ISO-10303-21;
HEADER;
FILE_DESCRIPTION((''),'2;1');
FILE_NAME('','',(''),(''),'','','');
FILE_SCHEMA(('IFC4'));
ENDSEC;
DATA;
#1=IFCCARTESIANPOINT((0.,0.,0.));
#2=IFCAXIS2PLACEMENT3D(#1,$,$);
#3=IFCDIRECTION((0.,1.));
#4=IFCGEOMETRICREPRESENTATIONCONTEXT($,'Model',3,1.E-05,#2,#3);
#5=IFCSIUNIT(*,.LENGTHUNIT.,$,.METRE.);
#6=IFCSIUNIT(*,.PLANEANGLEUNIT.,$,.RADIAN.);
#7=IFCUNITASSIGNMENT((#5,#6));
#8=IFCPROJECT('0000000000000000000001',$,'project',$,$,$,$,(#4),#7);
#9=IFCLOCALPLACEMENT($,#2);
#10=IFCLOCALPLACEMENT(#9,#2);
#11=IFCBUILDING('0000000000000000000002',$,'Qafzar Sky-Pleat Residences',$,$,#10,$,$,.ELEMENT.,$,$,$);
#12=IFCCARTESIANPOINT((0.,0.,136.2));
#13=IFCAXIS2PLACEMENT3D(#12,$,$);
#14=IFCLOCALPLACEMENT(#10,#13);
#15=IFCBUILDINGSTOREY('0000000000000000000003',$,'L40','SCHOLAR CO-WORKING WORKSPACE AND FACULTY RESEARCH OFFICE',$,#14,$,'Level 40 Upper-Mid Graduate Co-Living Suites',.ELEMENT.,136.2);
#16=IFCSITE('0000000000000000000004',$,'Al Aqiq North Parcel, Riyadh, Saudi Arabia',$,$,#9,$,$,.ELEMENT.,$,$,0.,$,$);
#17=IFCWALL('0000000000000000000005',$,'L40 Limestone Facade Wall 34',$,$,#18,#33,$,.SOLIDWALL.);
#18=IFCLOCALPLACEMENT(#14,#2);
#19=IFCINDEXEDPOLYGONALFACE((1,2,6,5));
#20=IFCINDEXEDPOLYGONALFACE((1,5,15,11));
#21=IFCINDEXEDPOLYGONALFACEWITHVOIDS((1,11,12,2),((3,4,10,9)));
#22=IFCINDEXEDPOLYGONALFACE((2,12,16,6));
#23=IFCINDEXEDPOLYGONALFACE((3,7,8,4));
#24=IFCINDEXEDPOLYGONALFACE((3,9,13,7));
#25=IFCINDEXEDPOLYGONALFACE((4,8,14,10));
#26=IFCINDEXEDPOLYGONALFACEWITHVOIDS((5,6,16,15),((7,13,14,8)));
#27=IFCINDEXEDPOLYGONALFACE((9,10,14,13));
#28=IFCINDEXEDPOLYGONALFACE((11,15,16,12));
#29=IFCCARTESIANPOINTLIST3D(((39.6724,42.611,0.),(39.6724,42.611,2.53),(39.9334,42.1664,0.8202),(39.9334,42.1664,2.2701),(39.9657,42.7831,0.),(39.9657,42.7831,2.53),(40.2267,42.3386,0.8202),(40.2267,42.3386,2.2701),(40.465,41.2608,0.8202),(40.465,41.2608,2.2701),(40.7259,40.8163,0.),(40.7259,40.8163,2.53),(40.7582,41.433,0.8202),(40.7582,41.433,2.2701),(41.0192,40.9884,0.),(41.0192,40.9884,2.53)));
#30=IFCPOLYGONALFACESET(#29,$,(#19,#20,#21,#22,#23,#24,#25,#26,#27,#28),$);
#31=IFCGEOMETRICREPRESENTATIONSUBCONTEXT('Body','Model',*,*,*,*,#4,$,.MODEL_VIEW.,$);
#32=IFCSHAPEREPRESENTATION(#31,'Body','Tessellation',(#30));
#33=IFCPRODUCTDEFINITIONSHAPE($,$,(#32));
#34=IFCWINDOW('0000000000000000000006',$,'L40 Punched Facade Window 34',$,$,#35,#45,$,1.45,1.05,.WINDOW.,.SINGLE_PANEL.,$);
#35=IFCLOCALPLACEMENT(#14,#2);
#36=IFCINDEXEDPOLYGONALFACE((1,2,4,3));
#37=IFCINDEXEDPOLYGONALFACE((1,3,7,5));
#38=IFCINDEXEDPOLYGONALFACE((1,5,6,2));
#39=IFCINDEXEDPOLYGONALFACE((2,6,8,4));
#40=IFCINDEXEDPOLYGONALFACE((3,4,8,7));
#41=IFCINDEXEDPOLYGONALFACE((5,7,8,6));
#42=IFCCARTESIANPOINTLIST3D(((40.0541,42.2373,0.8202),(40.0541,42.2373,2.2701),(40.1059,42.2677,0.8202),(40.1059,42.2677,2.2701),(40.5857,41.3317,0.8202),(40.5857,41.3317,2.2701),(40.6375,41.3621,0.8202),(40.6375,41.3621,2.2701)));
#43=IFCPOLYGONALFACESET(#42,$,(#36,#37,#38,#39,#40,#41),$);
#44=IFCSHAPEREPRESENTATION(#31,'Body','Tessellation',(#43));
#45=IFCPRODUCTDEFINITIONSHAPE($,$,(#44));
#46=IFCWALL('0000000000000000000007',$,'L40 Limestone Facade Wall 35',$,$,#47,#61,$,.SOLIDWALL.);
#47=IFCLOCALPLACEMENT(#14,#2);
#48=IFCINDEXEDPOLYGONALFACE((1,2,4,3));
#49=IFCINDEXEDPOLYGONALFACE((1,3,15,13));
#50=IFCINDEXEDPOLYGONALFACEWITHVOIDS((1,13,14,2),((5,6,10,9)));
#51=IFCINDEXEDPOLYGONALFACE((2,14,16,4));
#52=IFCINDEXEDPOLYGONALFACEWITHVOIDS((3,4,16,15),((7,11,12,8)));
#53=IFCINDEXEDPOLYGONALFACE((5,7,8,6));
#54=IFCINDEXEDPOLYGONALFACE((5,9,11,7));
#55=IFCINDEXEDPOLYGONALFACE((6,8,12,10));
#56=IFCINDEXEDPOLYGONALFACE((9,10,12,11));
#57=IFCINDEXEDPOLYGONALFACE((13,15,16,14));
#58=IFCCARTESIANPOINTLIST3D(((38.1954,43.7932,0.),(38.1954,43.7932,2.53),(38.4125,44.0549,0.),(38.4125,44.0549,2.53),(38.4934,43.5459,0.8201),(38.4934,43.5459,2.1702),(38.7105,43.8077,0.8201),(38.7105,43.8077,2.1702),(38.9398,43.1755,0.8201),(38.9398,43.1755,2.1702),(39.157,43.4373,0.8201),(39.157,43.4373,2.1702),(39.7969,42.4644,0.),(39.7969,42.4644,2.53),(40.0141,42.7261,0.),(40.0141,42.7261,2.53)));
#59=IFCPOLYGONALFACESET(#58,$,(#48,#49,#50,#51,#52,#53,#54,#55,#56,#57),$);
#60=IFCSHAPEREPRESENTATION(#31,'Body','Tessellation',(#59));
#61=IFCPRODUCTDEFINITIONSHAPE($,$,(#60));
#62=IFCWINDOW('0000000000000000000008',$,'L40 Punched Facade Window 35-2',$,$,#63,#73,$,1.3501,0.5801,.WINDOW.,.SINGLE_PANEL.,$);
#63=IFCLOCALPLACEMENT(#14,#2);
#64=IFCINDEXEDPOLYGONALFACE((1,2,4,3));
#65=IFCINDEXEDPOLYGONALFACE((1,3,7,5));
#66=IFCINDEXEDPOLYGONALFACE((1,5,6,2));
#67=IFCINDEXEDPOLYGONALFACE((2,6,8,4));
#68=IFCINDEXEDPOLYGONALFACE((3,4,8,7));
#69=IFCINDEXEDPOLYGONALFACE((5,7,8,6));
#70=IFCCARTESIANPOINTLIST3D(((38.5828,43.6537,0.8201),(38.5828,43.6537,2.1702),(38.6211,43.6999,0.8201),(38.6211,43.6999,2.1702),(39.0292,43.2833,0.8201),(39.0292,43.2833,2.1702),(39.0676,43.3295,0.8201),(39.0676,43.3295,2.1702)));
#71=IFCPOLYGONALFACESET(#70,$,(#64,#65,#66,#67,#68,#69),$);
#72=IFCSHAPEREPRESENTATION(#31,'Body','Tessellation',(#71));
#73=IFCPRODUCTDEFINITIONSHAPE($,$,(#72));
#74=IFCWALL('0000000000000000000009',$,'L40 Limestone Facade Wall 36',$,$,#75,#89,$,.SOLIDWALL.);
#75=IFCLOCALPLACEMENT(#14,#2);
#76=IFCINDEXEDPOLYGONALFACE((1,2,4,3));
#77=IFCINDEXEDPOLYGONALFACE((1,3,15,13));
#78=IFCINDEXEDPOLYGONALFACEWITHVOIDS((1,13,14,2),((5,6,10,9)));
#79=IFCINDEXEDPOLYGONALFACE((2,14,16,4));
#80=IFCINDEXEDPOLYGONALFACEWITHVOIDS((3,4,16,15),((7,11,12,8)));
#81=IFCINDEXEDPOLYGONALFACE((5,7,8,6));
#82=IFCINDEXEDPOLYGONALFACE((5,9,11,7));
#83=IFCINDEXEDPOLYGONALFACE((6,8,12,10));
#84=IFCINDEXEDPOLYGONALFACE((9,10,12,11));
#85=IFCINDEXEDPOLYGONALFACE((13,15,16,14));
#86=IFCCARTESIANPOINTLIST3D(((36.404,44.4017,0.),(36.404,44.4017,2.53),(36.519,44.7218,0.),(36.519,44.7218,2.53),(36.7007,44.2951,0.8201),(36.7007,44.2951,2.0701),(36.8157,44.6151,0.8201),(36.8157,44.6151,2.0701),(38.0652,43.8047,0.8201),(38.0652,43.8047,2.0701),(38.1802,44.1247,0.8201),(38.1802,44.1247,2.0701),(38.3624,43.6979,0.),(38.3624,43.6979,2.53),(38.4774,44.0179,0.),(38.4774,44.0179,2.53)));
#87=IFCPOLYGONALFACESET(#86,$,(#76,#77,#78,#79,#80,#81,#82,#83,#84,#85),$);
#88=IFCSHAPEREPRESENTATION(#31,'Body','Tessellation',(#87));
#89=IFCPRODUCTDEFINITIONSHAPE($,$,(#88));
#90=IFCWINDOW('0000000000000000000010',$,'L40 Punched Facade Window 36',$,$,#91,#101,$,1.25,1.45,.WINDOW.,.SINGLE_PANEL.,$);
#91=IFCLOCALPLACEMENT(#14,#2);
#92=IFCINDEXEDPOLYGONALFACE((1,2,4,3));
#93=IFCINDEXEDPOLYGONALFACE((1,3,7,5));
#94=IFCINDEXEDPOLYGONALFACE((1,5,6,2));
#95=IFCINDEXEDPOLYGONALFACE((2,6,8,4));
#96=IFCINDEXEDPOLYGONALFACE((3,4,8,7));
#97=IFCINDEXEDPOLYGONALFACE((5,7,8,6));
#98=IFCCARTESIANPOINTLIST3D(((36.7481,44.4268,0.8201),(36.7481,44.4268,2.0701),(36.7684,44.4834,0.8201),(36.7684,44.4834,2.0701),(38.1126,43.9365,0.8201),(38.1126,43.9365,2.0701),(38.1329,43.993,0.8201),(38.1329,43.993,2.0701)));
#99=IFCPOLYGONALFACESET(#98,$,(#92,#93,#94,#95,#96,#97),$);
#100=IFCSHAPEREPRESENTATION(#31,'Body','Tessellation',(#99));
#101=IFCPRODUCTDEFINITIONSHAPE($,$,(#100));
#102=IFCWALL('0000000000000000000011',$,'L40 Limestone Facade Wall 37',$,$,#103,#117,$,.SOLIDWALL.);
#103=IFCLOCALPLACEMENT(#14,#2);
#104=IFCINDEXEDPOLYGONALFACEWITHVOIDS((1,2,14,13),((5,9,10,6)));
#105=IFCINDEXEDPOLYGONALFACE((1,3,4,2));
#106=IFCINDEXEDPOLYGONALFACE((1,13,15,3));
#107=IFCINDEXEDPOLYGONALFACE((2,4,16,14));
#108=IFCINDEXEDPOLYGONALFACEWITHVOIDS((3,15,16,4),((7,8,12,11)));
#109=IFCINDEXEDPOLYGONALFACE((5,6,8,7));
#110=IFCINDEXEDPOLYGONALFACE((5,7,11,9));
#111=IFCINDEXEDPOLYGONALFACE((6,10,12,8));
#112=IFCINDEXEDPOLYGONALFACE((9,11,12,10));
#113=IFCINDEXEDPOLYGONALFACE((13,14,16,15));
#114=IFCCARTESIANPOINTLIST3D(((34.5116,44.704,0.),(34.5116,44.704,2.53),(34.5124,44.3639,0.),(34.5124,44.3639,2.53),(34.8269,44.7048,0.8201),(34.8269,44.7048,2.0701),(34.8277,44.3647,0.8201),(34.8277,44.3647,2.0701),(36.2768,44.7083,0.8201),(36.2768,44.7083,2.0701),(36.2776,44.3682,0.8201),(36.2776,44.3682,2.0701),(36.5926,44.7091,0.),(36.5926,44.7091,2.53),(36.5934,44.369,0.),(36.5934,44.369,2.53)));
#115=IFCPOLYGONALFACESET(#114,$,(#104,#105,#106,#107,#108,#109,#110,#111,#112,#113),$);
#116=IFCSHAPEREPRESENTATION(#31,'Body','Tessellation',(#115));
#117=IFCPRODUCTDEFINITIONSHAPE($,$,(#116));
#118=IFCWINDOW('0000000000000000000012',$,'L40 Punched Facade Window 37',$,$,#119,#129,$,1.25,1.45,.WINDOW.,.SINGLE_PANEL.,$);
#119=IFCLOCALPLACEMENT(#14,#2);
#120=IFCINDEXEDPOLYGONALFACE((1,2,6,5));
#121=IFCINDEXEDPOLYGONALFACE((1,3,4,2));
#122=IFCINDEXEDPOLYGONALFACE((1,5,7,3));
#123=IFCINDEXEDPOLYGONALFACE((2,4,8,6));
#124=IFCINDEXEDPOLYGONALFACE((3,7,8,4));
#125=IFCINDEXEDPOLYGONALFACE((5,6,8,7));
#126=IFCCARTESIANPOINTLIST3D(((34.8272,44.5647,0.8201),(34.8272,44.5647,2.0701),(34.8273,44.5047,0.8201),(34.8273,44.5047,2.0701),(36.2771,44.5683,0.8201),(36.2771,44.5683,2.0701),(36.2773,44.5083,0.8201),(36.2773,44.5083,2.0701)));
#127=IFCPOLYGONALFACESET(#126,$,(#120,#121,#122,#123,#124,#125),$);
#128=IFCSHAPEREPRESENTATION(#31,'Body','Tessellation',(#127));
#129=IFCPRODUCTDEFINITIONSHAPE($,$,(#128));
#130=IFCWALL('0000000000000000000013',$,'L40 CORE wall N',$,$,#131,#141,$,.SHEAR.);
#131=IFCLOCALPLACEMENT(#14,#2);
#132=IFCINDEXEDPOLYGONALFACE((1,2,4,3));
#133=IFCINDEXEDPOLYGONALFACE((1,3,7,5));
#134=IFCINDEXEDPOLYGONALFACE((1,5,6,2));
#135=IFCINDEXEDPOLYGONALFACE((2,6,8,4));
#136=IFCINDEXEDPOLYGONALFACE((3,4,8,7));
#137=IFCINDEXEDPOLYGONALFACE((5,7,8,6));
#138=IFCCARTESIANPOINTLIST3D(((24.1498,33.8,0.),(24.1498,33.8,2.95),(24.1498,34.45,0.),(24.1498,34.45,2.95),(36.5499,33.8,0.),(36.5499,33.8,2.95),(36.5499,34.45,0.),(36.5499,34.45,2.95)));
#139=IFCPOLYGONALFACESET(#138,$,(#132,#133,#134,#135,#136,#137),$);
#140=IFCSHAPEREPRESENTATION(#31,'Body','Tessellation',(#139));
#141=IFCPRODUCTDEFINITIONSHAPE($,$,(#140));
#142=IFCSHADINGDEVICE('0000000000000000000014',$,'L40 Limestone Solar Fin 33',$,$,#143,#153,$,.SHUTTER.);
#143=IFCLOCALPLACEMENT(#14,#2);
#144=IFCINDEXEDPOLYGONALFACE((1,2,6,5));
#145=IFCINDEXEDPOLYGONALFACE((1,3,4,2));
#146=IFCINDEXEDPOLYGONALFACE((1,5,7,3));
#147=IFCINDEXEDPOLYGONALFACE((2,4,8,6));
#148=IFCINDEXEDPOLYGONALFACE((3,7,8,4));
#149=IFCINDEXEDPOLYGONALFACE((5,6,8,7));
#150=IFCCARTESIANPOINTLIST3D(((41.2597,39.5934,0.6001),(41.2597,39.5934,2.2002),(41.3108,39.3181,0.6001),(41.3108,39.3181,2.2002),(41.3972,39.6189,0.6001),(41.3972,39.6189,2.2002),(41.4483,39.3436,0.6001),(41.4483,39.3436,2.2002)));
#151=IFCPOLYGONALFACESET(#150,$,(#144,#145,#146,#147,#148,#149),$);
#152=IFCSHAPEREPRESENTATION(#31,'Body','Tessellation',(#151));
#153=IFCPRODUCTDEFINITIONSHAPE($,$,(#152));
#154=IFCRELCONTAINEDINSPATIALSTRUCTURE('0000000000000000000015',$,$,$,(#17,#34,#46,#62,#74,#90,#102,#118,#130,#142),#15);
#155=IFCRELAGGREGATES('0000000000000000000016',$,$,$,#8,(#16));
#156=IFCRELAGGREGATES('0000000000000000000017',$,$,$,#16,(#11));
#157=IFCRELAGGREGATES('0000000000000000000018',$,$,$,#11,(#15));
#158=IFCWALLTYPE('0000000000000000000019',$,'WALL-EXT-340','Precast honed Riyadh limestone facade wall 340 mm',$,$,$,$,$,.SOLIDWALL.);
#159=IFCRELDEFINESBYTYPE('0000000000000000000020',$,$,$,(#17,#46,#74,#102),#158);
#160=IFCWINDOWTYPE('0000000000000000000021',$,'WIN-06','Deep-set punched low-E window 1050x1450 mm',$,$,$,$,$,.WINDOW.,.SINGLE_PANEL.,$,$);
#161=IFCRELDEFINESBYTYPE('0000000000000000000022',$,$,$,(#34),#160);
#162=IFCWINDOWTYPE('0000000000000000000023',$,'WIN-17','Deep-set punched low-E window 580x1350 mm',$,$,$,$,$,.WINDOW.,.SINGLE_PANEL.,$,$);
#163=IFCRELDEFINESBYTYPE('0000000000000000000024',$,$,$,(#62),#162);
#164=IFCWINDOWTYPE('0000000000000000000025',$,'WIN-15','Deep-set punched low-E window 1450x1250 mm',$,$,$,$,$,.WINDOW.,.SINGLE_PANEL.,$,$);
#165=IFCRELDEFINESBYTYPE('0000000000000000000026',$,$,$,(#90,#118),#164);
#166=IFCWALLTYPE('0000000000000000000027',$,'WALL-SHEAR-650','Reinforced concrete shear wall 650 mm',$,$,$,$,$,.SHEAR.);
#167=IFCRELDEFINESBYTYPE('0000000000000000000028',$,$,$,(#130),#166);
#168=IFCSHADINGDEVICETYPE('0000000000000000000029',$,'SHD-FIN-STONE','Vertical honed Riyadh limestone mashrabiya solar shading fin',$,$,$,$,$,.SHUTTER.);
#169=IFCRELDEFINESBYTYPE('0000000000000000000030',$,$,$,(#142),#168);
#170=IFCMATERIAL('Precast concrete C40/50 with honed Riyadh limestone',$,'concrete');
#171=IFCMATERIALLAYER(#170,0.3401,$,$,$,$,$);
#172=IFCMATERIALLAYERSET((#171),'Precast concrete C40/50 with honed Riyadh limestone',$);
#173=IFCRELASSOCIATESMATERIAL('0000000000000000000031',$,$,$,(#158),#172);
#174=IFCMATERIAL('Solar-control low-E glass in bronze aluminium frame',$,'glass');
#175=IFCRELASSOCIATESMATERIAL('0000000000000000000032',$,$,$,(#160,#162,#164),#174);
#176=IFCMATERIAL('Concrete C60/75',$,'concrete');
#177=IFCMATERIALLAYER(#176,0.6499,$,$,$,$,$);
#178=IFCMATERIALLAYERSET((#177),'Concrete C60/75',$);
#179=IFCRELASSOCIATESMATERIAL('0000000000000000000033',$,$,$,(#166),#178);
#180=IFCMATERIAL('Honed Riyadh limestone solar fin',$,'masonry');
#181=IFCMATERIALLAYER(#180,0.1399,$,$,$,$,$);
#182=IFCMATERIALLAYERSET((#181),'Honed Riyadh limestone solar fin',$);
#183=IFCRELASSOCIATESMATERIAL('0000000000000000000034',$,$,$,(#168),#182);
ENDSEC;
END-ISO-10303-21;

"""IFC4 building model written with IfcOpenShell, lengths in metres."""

from ifc_helpers import new_model, si_unit, direction, frame, frame_2d, origin, origin_2d, place, context, subcontext, project, spatial, rectangle, extrude, source, transform, mapped, material, layer, layer_set, type_object, element, fill, save


model = new_model("IFC4")

# Units and contexts
model_context = context("Model", 3, precision=1e-05, world=origin(), true_north=direction((0.0, 1.0)))
body_context = subcontext(model_context, "Body", "Model", "MODEL_VIEW")
ifc_project = project(units=[si_unit("LENGTHUNIT", "METRE"), si_unit("PLANEANGLEUNIT", "RADIAN")], contexts=[model_context])

# Site, building, storey
site_placement = place(None, origin())
site = spatial("IfcSite", under=ifc_project, at=site_placement, Name="Al Aqiq North Parcel, Riyadh, Saudi Arabia", CompositionType="ELEMENT", RefElevation=0.0)
building_placement = place(site_placement, origin())
building = spatial("IfcBuilding", under=site, at=building_placement, Name="Qafzar Sky-Pleat Residences", CompositionType="ELEMENT")
storey_placement = place(building_placement, frame((0.0, 0.0, 136.2)))
storey = spatial("IfcBuildingStorey", under=building, at=storey_placement, Name="L40", Description="SCHOLAR CO-WORKING WORKSPACE AND FACULTY RESEARCH OFFICE", LongName="Level 40 Upper-Mid Graduate Co-Living Suites", CompositionType="ELEMENT", Elevation=136.2)

# Shared definitions
ifc_material_1 = material(Name="Concrete C60/75", Category="concrete")

# Walls, openings, windows
ifc_material_2 = material(Name="Precast concrete C40/50 with honed Riyadh limestone", Category="concrete")
ifc_layer_1 = layer(ifc_material_2, 0.3401)
ifc_layer_set_1 = layer_set([ifc_layer_1], Name="Precast concrete C40/50 with honed Riyadh limestone")
wall_type_1 = type_object("IfcWallType", Name="WALL-EXT-340", Description="Precast honed Riyadh limestone facade wall 340 mm", PredefinedType="SOLIDWALL", material=ifc_layer_set_1)
ifc_material_3 = material(Name="Solar-control low-E glass in bronze aluminium frame", Category="glass")
wall_1_placement = place(storey_placement, frame((40.8726, 40.9023, 0.0), z_axis=(0.0, 0.0, 1.0), x_axis=(-0.506225, 0.862401, 0.0)))
wall_1 = element("IfcWall", 1, at=wall_1_placement, inside=storey, type_object=wall_type_1, Name="L40 Limestone Facade Wall 34", PredefinedType="SOLIDWALL", context=body_context, shape_type="SweptSolid", body=[
    extrude(rectangle(XDim=2.0811, YDim=0.3401, at=frame_2d((1.0405, 0.0))), origin(), (0.0, 0.0, 1.0), 2.53),
])
opening_1_placement = place(wall_1_placement, frame((0.5156, 0.0, 0.8201)))
opening_1 = element("IfcOpeningElement", 2, at=opening_1_placement, cuts=wall_1, PredefinedType="OPENING", context=body_context, shape_type="SweptSolid", body=[
    extrude(rectangle(XDim=1.05, YDim=1.45, at=frame_2d((0.5249, 0.7251))), frame((0.0, 0.1802, 0.0), z_axis=(0.0, -1.0, 0.0), x_axis=(1.0, 0.0, 0.0)), (0.0, 0.0, 1.0), 0.3601),
])
window_type_1 = type_object("IfcWindowType", Name="WIN-06", Description="Deep-set punched low-E window 1050x1450 mm", PartitioningType="SINGLE_PANEL", PredefinedType="WINDOW", material=ifc_material_3)
shared_shape_1 = source(origin(), body_context, "Body", "SweptSolid", [
    extrude(rectangle(XDim=1.05, YDim=1.45, at=frame_2d((0.5249, 0.7251))), frame((0.0, 0.03, 0.0), z_axis=(0.0, -1.0, 0.0), x_axis=(1.0, 0.0, 0.0)), (0.0, 0.0, 1.0), 0.0601),
])
window_1_placement = place(opening_1_placement, origin())
window_1 = element("IfcWindow", 3, at=window_1_placement, inside=storey, type_object=window_type_1, Name="L40 Punched Facade Window 34", OverallHeight=1.45, OverallWidth=1.05, PartitioningType="SINGLE_PANEL", PredefinedType="WINDOW", context=body_context, shape_type="MappedRepresentation", body=[
    mapped(shared_shape_1, transform((0.0, 0.0, 0.0), x_axis=(1.0, 0.0, 0.0), y_axis=(0.0, 1.0, 0.0), z_axis=(0.0, 0.0, 1.0), scale=1.0)),
])
fill(opening_1, window_1)
wall_2_placement = place(storey_placement, frame((39.9055, 42.5952, 0.0), z_axis=(0.0, 0.0, 1.0), x_axis=(-0.769585, 0.638544, 0.0)))
wall_2 = element("IfcWall", 4, at=wall_2_placement, inside=storey, type_object=wall_type_1, Name="L40 Limestone Facade Wall 35", PredefinedType="SOLIDWALL", context=body_context, shape_type="SweptSolid", body=[
    extrude(rectangle(XDim=2.0811, YDim=0.3401, at=frame_2d((1.0405, 0.0))), origin(), (0.0, 0.0, 1.0), 2.53),
])
opening_2_placement = place(wall_2_placement, frame((1.1138, 0.0, 0.8201)))
opening_2 = element("IfcOpeningElement", 5, at=opening_2_placement, cuts=wall_2, PredefinedType="OPENING", context=body_context, shape_type="SweptSolid", body=[
    extrude(rectangle(XDim=0.5801, YDim=1.3501, at=frame_2d((0.29, 0.675))), frame((0.0, 0.1802, 0.0), z_axis=(0.0, -1.0, 0.0), x_axis=(1.0, 0.0, 0.0)), (0.0, 0.0, 1.0), 0.3601),
])
window_type_2 = type_object("IfcWindowType", Name="WIN-17", Description="Deep-set punched low-E window 580x1350 mm", PartitioningType="SINGLE_PANEL", PredefinedType="WINDOW", material=ifc_material_3)
shared_shape_2 = source(origin(), body_context, "Body", "SweptSolid", [
    extrude(rectangle(XDim=0.5801, YDim=1.3501, at=frame_2d((0.29, 0.675))), frame((0.0, 0.03, 0.0), z_axis=(0.0, -1.0, 0.0), x_axis=(1.0, 0.0, 0.0)), (0.0, 0.0, 1.0), 0.0601),
])
window_2_placement = place(opening_2_placement, origin())
window_2 = element("IfcWindow", 6, at=window_2_placement, inside=storey, type_object=window_type_2, Name="L40 Punched Facade Window 35-2", OverallHeight=1.3501, OverallWidth=0.5801, PartitioningType="SINGLE_PANEL", PredefinedType="WINDOW", context=body_context, shape_type="MappedRepresentation", body=[
    mapped(shared_shape_2, transform((0.0, 0.0, 0.0), x_axis=(1.0, 0.0, 0.0), y_axis=(0.0, 1.0, 0.0), z_axis=(0.0, 0.0, 1.0), scale=1.0)),
])
fill(opening_2, window_2)
wall_3_placement = place(storey_placement, frame((38.4199, 43.8579, 0.0), z_axis=(0.0, 0.0, 1.0), x_axis=(-0.941071, 0.338208, 0.0)))
wall_3 = element("IfcWall", 7, at=wall_3_placement, inside=storey, type_object=wall_type_1, Name="L40 Limestone Facade Wall 36", PredefinedType="SOLIDWALL", context=body_context, shape_type="SweptSolid", body=[
    extrude(rectangle(XDim=2.0811, YDim=0.3401, at=frame_2d((1.0405, 0.0))), origin(), (0.0, 0.0, 1.0), 2.53),
])
opening_3_placement = place(wall_3_placement, frame((0.3157, 0.0, 0.8201)))
opening_3 = element("IfcOpeningElement", 8, at=opening_3_placement, cuts=wall_3, PredefinedType="OPENING", context=body_context, shape_type="SweptSolid", body=[
    extrude(rectangle(XDim=1.45, YDim=1.25, at=frame_2d((0.7251, 0.625))), frame((0.0, 0.1802, 0.0), z_axis=(0.0, -1.0, 0.0), x_axis=(1.0, 0.0, 0.0)), (0.0, 0.0, 1.0), 0.3601),
])
window_type_3 = type_object("IfcWindowType", Name="WIN-15", Description="Deep-set punched low-E window 1450x1250 mm", PartitioningType="SINGLE_PANEL", PredefinedType="WINDOW", material=ifc_material_3)
shared_shape_3 = source(origin(), body_context, "Body", "SweptSolid", [
    extrude(rectangle(XDim=1.45, YDim=1.25, at=frame_2d((0.7251, 0.625))), frame((0.0, 0.03, 0.0), z_axis=(0.0, -1.0, 0.0), x_axis=(1.0, 0.0, 0.0)), (0.0, 0.0, 1.0), 0.0601),
])
window_3_placement = place(opening_3_placement, origin())
window_3 = element("IfcWindow", 9, at=window_3_placement, inside=storey, type_object=window_type_3, Name="L40 Punched Facade Window 36", OverallHeight=1.25, OverallWidth=1.45, PartitioningType="SINGLE_PANEL", PredefinedType="WINDOW", context=body_context, shape_type="MappedRepresentation", body=[
    mapped(shared_shape_3, transform((0.0, 0.0, 0.0), x_axis=(1.0, 0.0, 0.0), y_axis=(0.0, 1.0, 0.0), z_axis=(0.0, 0.0, 1.0), scale=1.0)),
])
fill(opening_3, window_3)
wall_4_placement = place(storey_placement, frame((36.593, 44.5391, 0.0), z_axis=(0.0, 0.0, 1.0), x_axis=(-0.999997, -0.002464, 0.0)))
wall_4 = element("IfcWall", 10, at=wall_4_placement, inside=storey, type_object=wall_type_1, Name="L40 Limestone Facade Wall 37", PredefinedType="SOLIDWALL", context=body_context, shape_type="SweptSolid", body=[
    extrude(rectangle(XDim=2.0811, YDim=0.3401, at=frame_2d((1.0405, 0.0))), origin(), (0.0, 0.0, 1.0), 2.53),
])
opening_4_placement = place(wall_4_placement, frame((0.3157, 0.0, 0.8201)))
opening_4 = element("IfcOpeningElement", 11, at=opening_4_placement, cuts=wall_4, PredefinedType="OPENING", context=body_context, shape_type="SweptSolid", body=[
    extrude(rectangle(XDim=1.45, YDim=1.25, at=frame_2d((0.7251, 0.625))), frame((0.0, 0.1802, 0.0), z_axis=(0.0, -1.0, 0.0), x_axis=(1.0, 0.0, 0.0)), (0.0, 0.0, 1.0), 0.3601),
])
window_4_placement = place(opening_4_placement, origin())
window_4 = element("IfcWindow", 12, at=window_4_placement, inside=storey, type_object=window_type_3, Name="L40 Punched Facade Window 37", OverallHeight=1.25, OverallWidth=1.45, PartitioningType="SINGLE_PANEL", PredefinedType="WINDOW", context=body_context, shape_type="MappedRepresentation", body=[
    mapped(shared_shape_3, transform((0.0, 0.0, 0.0), x_axis=(1.0, 0.0, 0.0), y_axis=(0.0, 1.0, 0.0), z_axis=(0.0, 0.0, 1.0), scale=1.0)),
])
fill(opening_4, window_4)

# Wall
ifc_layer_2 = layer(ifc_material_1, 0.6499)
ifc_layer_set_2 = layer_set([ifc_layer_2], Name="Concrete C60/75")
wall_type_2 = type_object("IfcWallType", Name="WALL-SHEAR-650", Description="Reinforced concrete shear wall 650 mm", PredefinedType="SHEAR", material=ifc_layer_set_2)
wall_5_placement = place(storey_placement, frame((36.55, 34.125, 0.0), z_axis=(0.0, 0.0, 1.0), x_axis=(-1.0, 0.0, 0.0)))
element("IfcWall", 13, at=wall_5_placement, inside=storey, type_object=wall_type_2, Name="L40 CORE wall N", PredefinedType="SHEAR", context=body_context, shape_type="SweptSolid", body=[
    extrude(rectangle(XDim=12.4001, YDim=0.6499, at=frame_2d((6.2002, 0.0))), origin(), (0.0, 0.0, 1.0), 2.95),
])

# Shading device
ifc_material_4 = material(Name="Honed Riyadh limestone solar fin", Category="masonry")
ifc_layer_3 = layer(ifc_material_4, 0.1399)
ifc_layer_set_3 = layer_set([ifc_layer_3], Name="Honed Riyadh limestone solar fin")
shading_device_type = type_object("IfcShadingDeviceType", Name="SHD-FIN-STONE", Description="Vertical honed Riyadh limestone mashrabiya solar shading fin", PredefinedType="SHUTTER", material=ifc_layer_set_3)
shared_shape_4 = source(origin(), body_context, "Body", "SweptSolid", [
    extrude(rectangle(XDim=0.1399, YDim=0.28, at=origin_2d()), origin(), (0.0, 0.0, 1.0), 1.6001),
])
shading_device_placement = place(storey_placement, frame((41.354, 39.4685, 0.6001), z_axis=(0.0, 0.0, 1.0), x_axis=(0.983238, 0.182325, 0.0)))
element("IfcShadingDevice", 14, at=shading_device_placement, inside=storey, type_object=shading_device_type, Name="L40 Limestone Solar Fin 33", PredefinedType="SHUTTER", context=body_context, shape_type="MappedRepresentation", body=[
    mapped(shared_shape_4, transform((0.0, 0.0, 0.0), x_axis=(1.0, 0.0, 0.0), y_axis=(0.0, 1.0, 0.0), z_axis=(0.0, 0.0, 1.0), scale=1.0)),
])

save(model, "model.ifc")
